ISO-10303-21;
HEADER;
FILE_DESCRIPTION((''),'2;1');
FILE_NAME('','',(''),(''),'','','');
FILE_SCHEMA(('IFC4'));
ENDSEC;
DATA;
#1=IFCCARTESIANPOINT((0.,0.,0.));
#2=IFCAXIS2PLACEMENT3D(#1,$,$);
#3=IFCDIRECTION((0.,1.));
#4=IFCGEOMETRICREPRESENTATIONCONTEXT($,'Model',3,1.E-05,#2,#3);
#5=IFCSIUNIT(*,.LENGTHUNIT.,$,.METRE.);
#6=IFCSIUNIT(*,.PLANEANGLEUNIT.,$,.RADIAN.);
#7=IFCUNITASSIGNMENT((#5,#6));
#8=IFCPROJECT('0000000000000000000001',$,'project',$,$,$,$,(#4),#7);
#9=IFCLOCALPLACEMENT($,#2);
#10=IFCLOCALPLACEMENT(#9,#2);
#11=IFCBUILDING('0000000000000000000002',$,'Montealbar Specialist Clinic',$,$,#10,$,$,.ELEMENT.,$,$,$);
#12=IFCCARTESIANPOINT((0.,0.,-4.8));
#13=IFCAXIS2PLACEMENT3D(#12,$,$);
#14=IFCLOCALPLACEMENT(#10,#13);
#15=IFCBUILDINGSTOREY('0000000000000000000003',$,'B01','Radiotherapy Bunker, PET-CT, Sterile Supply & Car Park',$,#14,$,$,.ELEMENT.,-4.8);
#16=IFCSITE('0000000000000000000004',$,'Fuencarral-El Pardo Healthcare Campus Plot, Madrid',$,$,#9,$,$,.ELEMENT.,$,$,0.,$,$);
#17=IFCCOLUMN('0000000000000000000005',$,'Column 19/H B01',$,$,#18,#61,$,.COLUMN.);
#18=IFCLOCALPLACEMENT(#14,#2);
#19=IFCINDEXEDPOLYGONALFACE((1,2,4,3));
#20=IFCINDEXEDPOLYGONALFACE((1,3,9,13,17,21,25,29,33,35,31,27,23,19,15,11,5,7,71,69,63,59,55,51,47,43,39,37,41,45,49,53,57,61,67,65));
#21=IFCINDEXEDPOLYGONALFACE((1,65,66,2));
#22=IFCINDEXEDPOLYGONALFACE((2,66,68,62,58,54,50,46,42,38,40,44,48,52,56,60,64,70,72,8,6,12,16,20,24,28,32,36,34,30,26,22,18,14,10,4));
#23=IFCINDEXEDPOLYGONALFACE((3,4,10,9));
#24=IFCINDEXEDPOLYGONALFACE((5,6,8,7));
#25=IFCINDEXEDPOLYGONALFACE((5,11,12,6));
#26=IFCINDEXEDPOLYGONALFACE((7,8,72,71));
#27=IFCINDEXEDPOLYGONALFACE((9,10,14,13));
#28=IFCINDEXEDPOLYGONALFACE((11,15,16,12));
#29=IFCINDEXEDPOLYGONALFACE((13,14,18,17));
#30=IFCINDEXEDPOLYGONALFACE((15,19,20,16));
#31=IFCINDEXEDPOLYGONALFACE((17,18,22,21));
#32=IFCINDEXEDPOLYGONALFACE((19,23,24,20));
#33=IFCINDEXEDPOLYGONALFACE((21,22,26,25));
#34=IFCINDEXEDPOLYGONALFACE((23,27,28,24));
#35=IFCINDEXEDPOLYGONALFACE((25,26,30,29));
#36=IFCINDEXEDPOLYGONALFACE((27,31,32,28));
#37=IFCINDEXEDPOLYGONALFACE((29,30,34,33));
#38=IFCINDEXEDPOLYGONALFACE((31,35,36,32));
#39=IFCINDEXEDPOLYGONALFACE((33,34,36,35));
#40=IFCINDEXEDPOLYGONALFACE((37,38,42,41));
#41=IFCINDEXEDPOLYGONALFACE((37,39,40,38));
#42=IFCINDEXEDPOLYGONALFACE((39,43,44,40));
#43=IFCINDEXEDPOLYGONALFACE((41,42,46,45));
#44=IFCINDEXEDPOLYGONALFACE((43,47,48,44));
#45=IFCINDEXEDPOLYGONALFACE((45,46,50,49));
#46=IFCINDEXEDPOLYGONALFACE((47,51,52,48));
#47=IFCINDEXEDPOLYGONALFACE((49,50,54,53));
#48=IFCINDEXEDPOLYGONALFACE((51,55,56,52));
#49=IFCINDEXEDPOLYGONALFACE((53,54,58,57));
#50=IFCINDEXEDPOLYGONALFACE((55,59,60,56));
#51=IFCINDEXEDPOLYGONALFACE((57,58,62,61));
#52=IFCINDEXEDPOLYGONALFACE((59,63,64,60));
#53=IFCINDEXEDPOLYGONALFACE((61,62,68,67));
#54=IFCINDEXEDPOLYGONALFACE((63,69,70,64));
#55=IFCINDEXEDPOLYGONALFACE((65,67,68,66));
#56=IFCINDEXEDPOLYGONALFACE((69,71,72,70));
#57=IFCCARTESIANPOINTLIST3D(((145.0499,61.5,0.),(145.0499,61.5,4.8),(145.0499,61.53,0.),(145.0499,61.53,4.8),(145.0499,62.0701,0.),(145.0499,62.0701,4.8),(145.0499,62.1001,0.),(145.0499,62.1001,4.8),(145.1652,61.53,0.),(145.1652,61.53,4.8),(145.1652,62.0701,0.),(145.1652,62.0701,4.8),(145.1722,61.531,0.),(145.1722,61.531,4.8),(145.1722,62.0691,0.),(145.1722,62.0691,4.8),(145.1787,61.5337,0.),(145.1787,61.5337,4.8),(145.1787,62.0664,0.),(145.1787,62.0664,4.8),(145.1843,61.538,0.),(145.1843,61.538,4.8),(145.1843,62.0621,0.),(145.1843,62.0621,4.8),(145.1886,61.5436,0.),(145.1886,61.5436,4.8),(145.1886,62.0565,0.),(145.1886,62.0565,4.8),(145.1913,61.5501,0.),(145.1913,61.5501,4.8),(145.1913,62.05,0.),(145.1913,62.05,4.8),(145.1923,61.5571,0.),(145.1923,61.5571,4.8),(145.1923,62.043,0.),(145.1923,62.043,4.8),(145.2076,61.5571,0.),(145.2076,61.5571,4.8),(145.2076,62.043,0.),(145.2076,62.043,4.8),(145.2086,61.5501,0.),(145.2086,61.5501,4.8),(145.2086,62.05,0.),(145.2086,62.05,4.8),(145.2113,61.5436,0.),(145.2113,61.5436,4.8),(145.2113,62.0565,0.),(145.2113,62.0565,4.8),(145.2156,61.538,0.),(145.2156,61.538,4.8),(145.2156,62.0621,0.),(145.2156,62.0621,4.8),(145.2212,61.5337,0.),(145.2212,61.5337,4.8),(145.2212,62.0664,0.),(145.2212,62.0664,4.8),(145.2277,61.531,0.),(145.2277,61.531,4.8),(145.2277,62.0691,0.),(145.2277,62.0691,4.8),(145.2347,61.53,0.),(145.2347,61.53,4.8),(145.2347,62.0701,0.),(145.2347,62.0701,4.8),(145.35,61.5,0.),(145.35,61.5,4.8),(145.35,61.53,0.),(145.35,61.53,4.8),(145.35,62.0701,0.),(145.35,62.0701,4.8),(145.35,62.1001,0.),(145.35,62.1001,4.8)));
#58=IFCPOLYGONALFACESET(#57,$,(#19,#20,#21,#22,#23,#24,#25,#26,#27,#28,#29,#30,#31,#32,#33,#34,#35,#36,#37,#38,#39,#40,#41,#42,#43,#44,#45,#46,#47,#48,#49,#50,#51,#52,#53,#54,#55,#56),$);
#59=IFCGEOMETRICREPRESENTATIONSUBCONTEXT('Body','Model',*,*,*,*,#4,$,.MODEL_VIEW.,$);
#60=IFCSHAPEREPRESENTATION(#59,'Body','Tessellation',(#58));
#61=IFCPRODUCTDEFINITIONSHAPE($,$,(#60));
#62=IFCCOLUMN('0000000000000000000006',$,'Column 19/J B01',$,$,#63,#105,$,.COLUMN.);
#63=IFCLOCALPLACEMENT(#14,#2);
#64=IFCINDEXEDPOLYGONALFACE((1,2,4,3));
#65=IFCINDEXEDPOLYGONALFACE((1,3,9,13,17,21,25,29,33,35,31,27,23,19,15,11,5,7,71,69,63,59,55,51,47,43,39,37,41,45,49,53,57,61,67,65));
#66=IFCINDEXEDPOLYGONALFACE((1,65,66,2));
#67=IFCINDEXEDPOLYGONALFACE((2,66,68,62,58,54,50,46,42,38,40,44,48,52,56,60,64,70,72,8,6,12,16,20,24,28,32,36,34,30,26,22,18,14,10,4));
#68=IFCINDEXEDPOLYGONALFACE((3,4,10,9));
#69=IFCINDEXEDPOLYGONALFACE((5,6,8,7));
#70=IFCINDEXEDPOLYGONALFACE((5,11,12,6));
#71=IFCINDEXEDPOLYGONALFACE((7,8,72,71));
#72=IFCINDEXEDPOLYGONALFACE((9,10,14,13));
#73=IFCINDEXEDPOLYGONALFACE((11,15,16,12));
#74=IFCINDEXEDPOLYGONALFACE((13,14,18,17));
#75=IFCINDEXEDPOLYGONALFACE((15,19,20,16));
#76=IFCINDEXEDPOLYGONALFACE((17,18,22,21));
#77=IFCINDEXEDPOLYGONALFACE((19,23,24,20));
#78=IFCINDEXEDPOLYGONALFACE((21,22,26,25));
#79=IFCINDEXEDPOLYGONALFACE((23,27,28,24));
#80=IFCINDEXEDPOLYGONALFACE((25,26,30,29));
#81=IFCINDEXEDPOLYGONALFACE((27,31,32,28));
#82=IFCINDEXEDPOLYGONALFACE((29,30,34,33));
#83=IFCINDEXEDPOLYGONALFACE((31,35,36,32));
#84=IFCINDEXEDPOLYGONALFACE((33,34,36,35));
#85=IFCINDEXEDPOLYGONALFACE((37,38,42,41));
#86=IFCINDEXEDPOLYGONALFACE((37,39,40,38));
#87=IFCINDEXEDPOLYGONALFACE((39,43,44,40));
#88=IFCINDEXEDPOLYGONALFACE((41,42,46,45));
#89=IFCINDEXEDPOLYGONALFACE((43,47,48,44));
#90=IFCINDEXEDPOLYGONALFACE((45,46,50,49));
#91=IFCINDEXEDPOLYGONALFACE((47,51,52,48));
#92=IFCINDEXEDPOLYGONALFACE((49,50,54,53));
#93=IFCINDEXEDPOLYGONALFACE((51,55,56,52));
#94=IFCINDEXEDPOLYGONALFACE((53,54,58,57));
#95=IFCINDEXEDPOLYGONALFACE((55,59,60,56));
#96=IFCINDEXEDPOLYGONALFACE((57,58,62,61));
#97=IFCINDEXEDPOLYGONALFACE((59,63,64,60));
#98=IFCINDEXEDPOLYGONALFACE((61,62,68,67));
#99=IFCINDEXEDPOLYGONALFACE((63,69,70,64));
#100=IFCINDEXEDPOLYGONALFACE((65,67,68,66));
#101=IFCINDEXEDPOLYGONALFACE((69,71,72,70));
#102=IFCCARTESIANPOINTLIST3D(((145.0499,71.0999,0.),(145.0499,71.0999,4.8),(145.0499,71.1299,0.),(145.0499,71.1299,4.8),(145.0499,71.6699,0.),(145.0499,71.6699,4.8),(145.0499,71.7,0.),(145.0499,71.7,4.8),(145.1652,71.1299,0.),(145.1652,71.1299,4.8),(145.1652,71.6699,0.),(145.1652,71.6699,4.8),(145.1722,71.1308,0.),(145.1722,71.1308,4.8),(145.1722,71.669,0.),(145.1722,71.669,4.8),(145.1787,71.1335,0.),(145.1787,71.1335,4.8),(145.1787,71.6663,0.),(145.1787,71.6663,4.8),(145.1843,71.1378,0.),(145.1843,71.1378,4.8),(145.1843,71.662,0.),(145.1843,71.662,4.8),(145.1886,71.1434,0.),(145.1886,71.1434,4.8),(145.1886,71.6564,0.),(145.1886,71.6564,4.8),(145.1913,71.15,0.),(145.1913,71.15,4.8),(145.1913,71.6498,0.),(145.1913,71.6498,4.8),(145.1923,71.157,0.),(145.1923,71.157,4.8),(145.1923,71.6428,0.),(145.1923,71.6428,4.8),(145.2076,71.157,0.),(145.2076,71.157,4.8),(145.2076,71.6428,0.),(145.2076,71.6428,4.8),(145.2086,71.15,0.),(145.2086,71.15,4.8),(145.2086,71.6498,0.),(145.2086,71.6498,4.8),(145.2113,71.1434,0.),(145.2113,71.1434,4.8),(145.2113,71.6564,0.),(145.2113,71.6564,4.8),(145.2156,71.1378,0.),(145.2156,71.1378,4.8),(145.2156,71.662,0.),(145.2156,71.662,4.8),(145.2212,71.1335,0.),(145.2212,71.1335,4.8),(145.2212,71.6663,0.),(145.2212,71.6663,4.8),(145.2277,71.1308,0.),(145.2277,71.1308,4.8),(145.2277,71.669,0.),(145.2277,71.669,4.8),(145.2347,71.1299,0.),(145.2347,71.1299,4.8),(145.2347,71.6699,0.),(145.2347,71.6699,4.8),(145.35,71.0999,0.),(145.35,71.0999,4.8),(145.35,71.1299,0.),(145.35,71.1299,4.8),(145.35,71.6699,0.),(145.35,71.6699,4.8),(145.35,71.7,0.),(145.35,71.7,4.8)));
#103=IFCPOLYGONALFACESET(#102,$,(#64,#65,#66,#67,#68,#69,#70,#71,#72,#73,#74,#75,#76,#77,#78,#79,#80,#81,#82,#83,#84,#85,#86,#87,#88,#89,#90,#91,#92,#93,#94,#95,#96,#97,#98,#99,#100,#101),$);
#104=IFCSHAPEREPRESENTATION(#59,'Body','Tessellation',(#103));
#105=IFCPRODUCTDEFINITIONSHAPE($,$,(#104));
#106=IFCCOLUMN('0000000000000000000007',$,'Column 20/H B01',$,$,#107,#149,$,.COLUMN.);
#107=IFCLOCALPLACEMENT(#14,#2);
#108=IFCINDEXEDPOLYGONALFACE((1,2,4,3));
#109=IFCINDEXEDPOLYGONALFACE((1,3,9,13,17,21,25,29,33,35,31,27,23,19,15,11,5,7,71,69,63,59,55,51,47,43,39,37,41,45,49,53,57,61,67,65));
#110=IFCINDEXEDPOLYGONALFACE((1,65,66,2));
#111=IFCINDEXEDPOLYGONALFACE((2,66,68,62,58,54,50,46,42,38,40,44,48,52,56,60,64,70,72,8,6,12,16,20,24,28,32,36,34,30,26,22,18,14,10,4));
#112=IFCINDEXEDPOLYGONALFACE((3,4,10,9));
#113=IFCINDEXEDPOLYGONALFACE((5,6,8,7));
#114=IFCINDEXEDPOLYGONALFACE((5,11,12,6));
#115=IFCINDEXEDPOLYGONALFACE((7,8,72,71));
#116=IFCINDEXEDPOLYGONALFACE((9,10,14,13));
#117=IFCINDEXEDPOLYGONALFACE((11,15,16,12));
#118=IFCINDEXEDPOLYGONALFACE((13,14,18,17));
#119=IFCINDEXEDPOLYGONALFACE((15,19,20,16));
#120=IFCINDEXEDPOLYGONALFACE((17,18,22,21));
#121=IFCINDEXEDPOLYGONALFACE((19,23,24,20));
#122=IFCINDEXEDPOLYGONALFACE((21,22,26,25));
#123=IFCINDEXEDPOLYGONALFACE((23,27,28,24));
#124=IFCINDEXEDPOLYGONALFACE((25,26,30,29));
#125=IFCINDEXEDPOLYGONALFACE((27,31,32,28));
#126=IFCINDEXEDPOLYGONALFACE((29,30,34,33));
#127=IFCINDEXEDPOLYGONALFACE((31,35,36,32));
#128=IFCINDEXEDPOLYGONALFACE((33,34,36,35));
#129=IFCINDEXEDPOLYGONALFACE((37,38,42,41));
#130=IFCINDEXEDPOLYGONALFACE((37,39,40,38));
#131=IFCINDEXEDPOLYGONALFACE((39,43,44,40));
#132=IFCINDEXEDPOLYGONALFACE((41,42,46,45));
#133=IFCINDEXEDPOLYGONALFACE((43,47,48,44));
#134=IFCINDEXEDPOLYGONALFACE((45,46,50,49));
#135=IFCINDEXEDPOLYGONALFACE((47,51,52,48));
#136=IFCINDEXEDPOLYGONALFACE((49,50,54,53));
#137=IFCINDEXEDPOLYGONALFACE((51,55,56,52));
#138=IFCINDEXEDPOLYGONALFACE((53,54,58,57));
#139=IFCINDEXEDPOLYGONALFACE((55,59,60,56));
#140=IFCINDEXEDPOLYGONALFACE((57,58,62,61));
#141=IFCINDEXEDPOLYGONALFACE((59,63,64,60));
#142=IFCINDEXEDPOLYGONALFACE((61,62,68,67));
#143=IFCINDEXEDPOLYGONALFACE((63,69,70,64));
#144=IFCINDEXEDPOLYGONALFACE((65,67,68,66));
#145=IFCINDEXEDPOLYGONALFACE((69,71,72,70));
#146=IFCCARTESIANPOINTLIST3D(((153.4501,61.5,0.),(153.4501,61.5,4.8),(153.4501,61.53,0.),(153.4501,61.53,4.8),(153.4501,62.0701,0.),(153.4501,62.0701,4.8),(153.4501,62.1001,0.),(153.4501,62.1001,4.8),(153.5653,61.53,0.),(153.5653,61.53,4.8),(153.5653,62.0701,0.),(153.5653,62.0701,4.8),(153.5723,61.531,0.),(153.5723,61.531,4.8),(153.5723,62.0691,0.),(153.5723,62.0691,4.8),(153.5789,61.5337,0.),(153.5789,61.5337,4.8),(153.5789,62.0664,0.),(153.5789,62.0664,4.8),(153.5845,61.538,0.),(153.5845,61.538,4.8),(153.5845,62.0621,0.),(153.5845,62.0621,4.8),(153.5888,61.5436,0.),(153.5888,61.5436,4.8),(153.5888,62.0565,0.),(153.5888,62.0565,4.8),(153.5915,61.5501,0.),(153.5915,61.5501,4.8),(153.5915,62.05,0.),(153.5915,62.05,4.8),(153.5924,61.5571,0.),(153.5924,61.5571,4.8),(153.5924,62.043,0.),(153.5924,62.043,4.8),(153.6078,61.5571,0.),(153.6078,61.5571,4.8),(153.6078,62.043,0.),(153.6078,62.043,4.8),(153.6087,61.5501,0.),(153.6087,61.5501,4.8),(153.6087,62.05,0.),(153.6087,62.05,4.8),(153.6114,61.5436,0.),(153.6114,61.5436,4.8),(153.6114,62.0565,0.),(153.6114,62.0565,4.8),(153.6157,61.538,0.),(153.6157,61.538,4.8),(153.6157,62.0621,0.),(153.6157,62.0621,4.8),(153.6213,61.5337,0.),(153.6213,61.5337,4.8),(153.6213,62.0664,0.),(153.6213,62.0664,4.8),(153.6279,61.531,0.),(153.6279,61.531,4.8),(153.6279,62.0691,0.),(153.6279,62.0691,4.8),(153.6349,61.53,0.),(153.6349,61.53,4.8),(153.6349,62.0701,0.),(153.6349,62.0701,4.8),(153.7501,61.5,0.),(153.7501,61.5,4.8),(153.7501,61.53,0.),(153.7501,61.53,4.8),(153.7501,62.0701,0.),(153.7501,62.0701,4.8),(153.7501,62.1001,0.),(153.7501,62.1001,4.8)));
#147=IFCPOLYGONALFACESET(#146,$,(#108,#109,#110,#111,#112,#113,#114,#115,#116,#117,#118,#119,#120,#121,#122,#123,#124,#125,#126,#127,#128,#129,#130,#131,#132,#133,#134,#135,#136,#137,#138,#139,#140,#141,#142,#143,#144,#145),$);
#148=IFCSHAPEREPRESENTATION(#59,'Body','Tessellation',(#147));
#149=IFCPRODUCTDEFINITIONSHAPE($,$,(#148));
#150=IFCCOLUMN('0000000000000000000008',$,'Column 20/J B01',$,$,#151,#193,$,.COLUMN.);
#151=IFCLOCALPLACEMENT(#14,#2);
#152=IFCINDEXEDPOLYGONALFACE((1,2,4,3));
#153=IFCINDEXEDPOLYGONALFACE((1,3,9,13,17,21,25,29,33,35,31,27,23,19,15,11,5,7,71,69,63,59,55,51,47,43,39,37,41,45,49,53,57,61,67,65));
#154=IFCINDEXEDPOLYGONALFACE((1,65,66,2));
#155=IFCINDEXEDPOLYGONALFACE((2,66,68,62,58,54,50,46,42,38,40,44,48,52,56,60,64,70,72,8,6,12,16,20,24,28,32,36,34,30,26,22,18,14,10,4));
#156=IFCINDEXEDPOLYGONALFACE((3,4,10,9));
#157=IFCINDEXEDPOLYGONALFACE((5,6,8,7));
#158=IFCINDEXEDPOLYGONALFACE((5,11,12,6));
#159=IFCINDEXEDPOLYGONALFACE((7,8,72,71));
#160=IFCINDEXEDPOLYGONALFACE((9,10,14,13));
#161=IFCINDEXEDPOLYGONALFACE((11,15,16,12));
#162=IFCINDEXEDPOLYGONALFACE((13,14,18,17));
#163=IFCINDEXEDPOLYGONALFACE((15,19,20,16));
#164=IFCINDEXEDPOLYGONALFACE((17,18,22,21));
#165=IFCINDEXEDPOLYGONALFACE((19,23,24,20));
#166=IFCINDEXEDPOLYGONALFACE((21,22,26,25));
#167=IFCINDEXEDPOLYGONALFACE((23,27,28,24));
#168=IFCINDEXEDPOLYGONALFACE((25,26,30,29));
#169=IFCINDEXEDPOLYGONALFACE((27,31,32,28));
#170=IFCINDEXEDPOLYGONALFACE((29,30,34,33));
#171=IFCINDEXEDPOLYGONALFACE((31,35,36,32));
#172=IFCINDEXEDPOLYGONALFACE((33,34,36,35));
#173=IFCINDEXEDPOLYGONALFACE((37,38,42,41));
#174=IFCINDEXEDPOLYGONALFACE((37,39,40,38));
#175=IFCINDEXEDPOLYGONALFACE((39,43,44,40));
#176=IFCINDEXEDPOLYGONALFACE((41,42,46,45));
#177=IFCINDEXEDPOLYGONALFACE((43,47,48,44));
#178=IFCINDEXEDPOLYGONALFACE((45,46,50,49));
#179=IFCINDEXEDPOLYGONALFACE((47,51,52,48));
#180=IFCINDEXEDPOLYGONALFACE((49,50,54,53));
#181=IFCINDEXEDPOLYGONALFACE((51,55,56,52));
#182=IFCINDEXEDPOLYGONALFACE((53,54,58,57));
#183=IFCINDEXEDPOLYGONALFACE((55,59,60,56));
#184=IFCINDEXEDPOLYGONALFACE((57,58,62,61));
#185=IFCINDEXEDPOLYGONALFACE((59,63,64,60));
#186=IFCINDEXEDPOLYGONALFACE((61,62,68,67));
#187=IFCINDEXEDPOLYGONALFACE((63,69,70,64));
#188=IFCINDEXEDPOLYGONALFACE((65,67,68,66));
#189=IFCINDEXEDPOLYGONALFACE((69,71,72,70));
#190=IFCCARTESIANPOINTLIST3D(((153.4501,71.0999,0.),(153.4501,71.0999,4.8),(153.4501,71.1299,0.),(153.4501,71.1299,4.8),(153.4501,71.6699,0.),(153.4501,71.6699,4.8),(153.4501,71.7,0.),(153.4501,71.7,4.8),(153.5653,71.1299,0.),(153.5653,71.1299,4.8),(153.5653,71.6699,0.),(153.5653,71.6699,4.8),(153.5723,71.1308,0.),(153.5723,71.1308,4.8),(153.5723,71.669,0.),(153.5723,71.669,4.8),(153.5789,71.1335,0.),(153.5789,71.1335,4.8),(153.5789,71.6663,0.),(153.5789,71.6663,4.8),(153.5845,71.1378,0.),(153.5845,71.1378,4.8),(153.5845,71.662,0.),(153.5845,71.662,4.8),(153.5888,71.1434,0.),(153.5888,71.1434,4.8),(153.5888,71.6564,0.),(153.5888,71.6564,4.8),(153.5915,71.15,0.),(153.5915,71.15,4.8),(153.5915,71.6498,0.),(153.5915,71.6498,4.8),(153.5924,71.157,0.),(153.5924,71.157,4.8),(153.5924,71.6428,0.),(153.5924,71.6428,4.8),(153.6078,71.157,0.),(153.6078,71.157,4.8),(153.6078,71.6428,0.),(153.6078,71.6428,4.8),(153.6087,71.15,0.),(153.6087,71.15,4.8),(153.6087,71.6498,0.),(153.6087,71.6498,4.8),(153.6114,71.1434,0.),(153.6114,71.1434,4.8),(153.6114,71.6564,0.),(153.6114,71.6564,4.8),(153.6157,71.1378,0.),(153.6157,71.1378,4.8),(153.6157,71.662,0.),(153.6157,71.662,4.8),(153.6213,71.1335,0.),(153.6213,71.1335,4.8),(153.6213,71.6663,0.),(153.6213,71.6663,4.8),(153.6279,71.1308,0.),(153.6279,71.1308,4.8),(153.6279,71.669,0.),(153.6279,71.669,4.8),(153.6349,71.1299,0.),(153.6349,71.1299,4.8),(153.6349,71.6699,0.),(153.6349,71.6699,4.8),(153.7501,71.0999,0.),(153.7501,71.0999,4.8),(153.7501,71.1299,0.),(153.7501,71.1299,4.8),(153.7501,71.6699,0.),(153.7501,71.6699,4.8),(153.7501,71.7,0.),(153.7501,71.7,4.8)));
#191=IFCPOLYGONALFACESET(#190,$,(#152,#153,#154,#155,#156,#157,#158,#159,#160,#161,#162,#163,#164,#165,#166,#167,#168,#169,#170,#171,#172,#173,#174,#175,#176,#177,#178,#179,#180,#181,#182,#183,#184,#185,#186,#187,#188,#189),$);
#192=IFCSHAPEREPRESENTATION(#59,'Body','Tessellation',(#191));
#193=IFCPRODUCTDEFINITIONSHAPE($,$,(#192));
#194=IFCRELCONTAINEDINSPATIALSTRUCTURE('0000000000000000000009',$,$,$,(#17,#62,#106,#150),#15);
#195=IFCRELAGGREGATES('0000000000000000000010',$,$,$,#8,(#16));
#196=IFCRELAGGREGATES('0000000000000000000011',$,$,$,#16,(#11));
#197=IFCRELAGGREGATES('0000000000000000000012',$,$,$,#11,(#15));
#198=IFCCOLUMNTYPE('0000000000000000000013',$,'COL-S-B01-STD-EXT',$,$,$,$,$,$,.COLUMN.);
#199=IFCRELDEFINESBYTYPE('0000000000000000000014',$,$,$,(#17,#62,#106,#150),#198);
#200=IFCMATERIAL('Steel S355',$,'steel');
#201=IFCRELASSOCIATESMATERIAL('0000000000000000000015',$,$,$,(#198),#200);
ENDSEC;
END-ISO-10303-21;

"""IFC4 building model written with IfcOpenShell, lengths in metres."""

from ifc_helpers import new_model, si_unit, direction, frame, origin, origin_2d, place, context, subcontext, project, spatial, i_section, extrude, material, material_profile, profile_set, type_object, element, save


model = new_model("IFC4")

# Units and contexts
model_context = context("Model", 3, precision=1e-05, world=origin(), true_north=direction((0.0, 1.0)))
body_context = subcontext(model_context, "Body", "Model", "MODEL_VIEW")
ifc_project = project(units=[si_unit("LENGTHUNIT", "METRE"), si_unit("PLANEANGLEUNIT", "RADIAN")], contexts=[model_context])

# Site, building, storey
site_placement = place(None, origin())
site = spatial("IfcSite", under=ifc_project, at=site_placement, Name="Fuencarral-El Pardo Healthcare Campus Plot, Madrid", CompositionType="ELEMENT", RefElevation=0.0)
building_placement = place(site_placement, origin())
building = spatial("IfcBuilding", under=site, at=building_placement, Name="Montealbar Specialist Clinic", CompositionType="ELEMENT")
storey_placement = place(building_placement, frame((0.0, 0.0, -4.8)))
storey = spatial("IfcBuildingStorey", under=building, at=storey_placement, Name="B01", Description="Radiotherapy Bunker, PET-CT, Sterile Supply & Car Park", CompositionType="ELEMENT", Elevation=-4.8)

# Columns
ifc_material_1 = material(Name="Steel S355", Category="steel")
ifc_material_profile_1 = material_profile(ifc_material_1, i_section(OverallWidth=0.3, OverallDepth=0.6001, WebThickness=0.0154, FlangeThickness=0.03, FilletRadius=0.0271, at=origin_2d()), Name="HEB 600", Category="steel")
ifc_profile_set_1 = profile_set([ifc_material_profile_1], Name="Steel S355")
column_type = type_object("IfcColumnType", Name="COL-S-B01-STD-EXT", PredefinedType="COLUMN", material=ifc_profile_set_1)
for number, where, z_axis, x_axis, name in (
    (1, (145.2, 61.8, 0.0), (0.0, 0.0, 1.0), (1.0, 0.0, 0.0), "Column 19/H B01"),
    (2, (145.2, 71.3999, 0.0), (0.0, 0.0, 1.0), (1.0, 0.0, 0.0), "Column 19/J B01"),
    (3, (153.6001, 61.8, 0.0), (0.0, 0.0, 1.0), (1.0, 0.0, 0.0), "Column 20/H B01"),
    (4, (153.6001, 71.3999, 0.0), (0.0, 0.0, 1.0), (1.0, 0.0, 0.0), "Column 20/J B01"),
):
    element("IfcColumn", number, at=place(storey_placement, frame(where, z_axis=z_axis, x_axis=x_axis)), inside=storey, type_object=column_type, Name=name, PredefinedType="COLUMN", context=body_context, shape_type="SweptSolid", body=[
        extrude(i_section(OverallWidth=0.3, OverallDepth=0.6001, WebThickness=0.0154, FlangeThickness=0.03, FilletRadius=0.0271, at=origin_2d()), origin(), (0.0, 0.0, 1.0), 4.8),
    ])

save(model, "model.ifc")
